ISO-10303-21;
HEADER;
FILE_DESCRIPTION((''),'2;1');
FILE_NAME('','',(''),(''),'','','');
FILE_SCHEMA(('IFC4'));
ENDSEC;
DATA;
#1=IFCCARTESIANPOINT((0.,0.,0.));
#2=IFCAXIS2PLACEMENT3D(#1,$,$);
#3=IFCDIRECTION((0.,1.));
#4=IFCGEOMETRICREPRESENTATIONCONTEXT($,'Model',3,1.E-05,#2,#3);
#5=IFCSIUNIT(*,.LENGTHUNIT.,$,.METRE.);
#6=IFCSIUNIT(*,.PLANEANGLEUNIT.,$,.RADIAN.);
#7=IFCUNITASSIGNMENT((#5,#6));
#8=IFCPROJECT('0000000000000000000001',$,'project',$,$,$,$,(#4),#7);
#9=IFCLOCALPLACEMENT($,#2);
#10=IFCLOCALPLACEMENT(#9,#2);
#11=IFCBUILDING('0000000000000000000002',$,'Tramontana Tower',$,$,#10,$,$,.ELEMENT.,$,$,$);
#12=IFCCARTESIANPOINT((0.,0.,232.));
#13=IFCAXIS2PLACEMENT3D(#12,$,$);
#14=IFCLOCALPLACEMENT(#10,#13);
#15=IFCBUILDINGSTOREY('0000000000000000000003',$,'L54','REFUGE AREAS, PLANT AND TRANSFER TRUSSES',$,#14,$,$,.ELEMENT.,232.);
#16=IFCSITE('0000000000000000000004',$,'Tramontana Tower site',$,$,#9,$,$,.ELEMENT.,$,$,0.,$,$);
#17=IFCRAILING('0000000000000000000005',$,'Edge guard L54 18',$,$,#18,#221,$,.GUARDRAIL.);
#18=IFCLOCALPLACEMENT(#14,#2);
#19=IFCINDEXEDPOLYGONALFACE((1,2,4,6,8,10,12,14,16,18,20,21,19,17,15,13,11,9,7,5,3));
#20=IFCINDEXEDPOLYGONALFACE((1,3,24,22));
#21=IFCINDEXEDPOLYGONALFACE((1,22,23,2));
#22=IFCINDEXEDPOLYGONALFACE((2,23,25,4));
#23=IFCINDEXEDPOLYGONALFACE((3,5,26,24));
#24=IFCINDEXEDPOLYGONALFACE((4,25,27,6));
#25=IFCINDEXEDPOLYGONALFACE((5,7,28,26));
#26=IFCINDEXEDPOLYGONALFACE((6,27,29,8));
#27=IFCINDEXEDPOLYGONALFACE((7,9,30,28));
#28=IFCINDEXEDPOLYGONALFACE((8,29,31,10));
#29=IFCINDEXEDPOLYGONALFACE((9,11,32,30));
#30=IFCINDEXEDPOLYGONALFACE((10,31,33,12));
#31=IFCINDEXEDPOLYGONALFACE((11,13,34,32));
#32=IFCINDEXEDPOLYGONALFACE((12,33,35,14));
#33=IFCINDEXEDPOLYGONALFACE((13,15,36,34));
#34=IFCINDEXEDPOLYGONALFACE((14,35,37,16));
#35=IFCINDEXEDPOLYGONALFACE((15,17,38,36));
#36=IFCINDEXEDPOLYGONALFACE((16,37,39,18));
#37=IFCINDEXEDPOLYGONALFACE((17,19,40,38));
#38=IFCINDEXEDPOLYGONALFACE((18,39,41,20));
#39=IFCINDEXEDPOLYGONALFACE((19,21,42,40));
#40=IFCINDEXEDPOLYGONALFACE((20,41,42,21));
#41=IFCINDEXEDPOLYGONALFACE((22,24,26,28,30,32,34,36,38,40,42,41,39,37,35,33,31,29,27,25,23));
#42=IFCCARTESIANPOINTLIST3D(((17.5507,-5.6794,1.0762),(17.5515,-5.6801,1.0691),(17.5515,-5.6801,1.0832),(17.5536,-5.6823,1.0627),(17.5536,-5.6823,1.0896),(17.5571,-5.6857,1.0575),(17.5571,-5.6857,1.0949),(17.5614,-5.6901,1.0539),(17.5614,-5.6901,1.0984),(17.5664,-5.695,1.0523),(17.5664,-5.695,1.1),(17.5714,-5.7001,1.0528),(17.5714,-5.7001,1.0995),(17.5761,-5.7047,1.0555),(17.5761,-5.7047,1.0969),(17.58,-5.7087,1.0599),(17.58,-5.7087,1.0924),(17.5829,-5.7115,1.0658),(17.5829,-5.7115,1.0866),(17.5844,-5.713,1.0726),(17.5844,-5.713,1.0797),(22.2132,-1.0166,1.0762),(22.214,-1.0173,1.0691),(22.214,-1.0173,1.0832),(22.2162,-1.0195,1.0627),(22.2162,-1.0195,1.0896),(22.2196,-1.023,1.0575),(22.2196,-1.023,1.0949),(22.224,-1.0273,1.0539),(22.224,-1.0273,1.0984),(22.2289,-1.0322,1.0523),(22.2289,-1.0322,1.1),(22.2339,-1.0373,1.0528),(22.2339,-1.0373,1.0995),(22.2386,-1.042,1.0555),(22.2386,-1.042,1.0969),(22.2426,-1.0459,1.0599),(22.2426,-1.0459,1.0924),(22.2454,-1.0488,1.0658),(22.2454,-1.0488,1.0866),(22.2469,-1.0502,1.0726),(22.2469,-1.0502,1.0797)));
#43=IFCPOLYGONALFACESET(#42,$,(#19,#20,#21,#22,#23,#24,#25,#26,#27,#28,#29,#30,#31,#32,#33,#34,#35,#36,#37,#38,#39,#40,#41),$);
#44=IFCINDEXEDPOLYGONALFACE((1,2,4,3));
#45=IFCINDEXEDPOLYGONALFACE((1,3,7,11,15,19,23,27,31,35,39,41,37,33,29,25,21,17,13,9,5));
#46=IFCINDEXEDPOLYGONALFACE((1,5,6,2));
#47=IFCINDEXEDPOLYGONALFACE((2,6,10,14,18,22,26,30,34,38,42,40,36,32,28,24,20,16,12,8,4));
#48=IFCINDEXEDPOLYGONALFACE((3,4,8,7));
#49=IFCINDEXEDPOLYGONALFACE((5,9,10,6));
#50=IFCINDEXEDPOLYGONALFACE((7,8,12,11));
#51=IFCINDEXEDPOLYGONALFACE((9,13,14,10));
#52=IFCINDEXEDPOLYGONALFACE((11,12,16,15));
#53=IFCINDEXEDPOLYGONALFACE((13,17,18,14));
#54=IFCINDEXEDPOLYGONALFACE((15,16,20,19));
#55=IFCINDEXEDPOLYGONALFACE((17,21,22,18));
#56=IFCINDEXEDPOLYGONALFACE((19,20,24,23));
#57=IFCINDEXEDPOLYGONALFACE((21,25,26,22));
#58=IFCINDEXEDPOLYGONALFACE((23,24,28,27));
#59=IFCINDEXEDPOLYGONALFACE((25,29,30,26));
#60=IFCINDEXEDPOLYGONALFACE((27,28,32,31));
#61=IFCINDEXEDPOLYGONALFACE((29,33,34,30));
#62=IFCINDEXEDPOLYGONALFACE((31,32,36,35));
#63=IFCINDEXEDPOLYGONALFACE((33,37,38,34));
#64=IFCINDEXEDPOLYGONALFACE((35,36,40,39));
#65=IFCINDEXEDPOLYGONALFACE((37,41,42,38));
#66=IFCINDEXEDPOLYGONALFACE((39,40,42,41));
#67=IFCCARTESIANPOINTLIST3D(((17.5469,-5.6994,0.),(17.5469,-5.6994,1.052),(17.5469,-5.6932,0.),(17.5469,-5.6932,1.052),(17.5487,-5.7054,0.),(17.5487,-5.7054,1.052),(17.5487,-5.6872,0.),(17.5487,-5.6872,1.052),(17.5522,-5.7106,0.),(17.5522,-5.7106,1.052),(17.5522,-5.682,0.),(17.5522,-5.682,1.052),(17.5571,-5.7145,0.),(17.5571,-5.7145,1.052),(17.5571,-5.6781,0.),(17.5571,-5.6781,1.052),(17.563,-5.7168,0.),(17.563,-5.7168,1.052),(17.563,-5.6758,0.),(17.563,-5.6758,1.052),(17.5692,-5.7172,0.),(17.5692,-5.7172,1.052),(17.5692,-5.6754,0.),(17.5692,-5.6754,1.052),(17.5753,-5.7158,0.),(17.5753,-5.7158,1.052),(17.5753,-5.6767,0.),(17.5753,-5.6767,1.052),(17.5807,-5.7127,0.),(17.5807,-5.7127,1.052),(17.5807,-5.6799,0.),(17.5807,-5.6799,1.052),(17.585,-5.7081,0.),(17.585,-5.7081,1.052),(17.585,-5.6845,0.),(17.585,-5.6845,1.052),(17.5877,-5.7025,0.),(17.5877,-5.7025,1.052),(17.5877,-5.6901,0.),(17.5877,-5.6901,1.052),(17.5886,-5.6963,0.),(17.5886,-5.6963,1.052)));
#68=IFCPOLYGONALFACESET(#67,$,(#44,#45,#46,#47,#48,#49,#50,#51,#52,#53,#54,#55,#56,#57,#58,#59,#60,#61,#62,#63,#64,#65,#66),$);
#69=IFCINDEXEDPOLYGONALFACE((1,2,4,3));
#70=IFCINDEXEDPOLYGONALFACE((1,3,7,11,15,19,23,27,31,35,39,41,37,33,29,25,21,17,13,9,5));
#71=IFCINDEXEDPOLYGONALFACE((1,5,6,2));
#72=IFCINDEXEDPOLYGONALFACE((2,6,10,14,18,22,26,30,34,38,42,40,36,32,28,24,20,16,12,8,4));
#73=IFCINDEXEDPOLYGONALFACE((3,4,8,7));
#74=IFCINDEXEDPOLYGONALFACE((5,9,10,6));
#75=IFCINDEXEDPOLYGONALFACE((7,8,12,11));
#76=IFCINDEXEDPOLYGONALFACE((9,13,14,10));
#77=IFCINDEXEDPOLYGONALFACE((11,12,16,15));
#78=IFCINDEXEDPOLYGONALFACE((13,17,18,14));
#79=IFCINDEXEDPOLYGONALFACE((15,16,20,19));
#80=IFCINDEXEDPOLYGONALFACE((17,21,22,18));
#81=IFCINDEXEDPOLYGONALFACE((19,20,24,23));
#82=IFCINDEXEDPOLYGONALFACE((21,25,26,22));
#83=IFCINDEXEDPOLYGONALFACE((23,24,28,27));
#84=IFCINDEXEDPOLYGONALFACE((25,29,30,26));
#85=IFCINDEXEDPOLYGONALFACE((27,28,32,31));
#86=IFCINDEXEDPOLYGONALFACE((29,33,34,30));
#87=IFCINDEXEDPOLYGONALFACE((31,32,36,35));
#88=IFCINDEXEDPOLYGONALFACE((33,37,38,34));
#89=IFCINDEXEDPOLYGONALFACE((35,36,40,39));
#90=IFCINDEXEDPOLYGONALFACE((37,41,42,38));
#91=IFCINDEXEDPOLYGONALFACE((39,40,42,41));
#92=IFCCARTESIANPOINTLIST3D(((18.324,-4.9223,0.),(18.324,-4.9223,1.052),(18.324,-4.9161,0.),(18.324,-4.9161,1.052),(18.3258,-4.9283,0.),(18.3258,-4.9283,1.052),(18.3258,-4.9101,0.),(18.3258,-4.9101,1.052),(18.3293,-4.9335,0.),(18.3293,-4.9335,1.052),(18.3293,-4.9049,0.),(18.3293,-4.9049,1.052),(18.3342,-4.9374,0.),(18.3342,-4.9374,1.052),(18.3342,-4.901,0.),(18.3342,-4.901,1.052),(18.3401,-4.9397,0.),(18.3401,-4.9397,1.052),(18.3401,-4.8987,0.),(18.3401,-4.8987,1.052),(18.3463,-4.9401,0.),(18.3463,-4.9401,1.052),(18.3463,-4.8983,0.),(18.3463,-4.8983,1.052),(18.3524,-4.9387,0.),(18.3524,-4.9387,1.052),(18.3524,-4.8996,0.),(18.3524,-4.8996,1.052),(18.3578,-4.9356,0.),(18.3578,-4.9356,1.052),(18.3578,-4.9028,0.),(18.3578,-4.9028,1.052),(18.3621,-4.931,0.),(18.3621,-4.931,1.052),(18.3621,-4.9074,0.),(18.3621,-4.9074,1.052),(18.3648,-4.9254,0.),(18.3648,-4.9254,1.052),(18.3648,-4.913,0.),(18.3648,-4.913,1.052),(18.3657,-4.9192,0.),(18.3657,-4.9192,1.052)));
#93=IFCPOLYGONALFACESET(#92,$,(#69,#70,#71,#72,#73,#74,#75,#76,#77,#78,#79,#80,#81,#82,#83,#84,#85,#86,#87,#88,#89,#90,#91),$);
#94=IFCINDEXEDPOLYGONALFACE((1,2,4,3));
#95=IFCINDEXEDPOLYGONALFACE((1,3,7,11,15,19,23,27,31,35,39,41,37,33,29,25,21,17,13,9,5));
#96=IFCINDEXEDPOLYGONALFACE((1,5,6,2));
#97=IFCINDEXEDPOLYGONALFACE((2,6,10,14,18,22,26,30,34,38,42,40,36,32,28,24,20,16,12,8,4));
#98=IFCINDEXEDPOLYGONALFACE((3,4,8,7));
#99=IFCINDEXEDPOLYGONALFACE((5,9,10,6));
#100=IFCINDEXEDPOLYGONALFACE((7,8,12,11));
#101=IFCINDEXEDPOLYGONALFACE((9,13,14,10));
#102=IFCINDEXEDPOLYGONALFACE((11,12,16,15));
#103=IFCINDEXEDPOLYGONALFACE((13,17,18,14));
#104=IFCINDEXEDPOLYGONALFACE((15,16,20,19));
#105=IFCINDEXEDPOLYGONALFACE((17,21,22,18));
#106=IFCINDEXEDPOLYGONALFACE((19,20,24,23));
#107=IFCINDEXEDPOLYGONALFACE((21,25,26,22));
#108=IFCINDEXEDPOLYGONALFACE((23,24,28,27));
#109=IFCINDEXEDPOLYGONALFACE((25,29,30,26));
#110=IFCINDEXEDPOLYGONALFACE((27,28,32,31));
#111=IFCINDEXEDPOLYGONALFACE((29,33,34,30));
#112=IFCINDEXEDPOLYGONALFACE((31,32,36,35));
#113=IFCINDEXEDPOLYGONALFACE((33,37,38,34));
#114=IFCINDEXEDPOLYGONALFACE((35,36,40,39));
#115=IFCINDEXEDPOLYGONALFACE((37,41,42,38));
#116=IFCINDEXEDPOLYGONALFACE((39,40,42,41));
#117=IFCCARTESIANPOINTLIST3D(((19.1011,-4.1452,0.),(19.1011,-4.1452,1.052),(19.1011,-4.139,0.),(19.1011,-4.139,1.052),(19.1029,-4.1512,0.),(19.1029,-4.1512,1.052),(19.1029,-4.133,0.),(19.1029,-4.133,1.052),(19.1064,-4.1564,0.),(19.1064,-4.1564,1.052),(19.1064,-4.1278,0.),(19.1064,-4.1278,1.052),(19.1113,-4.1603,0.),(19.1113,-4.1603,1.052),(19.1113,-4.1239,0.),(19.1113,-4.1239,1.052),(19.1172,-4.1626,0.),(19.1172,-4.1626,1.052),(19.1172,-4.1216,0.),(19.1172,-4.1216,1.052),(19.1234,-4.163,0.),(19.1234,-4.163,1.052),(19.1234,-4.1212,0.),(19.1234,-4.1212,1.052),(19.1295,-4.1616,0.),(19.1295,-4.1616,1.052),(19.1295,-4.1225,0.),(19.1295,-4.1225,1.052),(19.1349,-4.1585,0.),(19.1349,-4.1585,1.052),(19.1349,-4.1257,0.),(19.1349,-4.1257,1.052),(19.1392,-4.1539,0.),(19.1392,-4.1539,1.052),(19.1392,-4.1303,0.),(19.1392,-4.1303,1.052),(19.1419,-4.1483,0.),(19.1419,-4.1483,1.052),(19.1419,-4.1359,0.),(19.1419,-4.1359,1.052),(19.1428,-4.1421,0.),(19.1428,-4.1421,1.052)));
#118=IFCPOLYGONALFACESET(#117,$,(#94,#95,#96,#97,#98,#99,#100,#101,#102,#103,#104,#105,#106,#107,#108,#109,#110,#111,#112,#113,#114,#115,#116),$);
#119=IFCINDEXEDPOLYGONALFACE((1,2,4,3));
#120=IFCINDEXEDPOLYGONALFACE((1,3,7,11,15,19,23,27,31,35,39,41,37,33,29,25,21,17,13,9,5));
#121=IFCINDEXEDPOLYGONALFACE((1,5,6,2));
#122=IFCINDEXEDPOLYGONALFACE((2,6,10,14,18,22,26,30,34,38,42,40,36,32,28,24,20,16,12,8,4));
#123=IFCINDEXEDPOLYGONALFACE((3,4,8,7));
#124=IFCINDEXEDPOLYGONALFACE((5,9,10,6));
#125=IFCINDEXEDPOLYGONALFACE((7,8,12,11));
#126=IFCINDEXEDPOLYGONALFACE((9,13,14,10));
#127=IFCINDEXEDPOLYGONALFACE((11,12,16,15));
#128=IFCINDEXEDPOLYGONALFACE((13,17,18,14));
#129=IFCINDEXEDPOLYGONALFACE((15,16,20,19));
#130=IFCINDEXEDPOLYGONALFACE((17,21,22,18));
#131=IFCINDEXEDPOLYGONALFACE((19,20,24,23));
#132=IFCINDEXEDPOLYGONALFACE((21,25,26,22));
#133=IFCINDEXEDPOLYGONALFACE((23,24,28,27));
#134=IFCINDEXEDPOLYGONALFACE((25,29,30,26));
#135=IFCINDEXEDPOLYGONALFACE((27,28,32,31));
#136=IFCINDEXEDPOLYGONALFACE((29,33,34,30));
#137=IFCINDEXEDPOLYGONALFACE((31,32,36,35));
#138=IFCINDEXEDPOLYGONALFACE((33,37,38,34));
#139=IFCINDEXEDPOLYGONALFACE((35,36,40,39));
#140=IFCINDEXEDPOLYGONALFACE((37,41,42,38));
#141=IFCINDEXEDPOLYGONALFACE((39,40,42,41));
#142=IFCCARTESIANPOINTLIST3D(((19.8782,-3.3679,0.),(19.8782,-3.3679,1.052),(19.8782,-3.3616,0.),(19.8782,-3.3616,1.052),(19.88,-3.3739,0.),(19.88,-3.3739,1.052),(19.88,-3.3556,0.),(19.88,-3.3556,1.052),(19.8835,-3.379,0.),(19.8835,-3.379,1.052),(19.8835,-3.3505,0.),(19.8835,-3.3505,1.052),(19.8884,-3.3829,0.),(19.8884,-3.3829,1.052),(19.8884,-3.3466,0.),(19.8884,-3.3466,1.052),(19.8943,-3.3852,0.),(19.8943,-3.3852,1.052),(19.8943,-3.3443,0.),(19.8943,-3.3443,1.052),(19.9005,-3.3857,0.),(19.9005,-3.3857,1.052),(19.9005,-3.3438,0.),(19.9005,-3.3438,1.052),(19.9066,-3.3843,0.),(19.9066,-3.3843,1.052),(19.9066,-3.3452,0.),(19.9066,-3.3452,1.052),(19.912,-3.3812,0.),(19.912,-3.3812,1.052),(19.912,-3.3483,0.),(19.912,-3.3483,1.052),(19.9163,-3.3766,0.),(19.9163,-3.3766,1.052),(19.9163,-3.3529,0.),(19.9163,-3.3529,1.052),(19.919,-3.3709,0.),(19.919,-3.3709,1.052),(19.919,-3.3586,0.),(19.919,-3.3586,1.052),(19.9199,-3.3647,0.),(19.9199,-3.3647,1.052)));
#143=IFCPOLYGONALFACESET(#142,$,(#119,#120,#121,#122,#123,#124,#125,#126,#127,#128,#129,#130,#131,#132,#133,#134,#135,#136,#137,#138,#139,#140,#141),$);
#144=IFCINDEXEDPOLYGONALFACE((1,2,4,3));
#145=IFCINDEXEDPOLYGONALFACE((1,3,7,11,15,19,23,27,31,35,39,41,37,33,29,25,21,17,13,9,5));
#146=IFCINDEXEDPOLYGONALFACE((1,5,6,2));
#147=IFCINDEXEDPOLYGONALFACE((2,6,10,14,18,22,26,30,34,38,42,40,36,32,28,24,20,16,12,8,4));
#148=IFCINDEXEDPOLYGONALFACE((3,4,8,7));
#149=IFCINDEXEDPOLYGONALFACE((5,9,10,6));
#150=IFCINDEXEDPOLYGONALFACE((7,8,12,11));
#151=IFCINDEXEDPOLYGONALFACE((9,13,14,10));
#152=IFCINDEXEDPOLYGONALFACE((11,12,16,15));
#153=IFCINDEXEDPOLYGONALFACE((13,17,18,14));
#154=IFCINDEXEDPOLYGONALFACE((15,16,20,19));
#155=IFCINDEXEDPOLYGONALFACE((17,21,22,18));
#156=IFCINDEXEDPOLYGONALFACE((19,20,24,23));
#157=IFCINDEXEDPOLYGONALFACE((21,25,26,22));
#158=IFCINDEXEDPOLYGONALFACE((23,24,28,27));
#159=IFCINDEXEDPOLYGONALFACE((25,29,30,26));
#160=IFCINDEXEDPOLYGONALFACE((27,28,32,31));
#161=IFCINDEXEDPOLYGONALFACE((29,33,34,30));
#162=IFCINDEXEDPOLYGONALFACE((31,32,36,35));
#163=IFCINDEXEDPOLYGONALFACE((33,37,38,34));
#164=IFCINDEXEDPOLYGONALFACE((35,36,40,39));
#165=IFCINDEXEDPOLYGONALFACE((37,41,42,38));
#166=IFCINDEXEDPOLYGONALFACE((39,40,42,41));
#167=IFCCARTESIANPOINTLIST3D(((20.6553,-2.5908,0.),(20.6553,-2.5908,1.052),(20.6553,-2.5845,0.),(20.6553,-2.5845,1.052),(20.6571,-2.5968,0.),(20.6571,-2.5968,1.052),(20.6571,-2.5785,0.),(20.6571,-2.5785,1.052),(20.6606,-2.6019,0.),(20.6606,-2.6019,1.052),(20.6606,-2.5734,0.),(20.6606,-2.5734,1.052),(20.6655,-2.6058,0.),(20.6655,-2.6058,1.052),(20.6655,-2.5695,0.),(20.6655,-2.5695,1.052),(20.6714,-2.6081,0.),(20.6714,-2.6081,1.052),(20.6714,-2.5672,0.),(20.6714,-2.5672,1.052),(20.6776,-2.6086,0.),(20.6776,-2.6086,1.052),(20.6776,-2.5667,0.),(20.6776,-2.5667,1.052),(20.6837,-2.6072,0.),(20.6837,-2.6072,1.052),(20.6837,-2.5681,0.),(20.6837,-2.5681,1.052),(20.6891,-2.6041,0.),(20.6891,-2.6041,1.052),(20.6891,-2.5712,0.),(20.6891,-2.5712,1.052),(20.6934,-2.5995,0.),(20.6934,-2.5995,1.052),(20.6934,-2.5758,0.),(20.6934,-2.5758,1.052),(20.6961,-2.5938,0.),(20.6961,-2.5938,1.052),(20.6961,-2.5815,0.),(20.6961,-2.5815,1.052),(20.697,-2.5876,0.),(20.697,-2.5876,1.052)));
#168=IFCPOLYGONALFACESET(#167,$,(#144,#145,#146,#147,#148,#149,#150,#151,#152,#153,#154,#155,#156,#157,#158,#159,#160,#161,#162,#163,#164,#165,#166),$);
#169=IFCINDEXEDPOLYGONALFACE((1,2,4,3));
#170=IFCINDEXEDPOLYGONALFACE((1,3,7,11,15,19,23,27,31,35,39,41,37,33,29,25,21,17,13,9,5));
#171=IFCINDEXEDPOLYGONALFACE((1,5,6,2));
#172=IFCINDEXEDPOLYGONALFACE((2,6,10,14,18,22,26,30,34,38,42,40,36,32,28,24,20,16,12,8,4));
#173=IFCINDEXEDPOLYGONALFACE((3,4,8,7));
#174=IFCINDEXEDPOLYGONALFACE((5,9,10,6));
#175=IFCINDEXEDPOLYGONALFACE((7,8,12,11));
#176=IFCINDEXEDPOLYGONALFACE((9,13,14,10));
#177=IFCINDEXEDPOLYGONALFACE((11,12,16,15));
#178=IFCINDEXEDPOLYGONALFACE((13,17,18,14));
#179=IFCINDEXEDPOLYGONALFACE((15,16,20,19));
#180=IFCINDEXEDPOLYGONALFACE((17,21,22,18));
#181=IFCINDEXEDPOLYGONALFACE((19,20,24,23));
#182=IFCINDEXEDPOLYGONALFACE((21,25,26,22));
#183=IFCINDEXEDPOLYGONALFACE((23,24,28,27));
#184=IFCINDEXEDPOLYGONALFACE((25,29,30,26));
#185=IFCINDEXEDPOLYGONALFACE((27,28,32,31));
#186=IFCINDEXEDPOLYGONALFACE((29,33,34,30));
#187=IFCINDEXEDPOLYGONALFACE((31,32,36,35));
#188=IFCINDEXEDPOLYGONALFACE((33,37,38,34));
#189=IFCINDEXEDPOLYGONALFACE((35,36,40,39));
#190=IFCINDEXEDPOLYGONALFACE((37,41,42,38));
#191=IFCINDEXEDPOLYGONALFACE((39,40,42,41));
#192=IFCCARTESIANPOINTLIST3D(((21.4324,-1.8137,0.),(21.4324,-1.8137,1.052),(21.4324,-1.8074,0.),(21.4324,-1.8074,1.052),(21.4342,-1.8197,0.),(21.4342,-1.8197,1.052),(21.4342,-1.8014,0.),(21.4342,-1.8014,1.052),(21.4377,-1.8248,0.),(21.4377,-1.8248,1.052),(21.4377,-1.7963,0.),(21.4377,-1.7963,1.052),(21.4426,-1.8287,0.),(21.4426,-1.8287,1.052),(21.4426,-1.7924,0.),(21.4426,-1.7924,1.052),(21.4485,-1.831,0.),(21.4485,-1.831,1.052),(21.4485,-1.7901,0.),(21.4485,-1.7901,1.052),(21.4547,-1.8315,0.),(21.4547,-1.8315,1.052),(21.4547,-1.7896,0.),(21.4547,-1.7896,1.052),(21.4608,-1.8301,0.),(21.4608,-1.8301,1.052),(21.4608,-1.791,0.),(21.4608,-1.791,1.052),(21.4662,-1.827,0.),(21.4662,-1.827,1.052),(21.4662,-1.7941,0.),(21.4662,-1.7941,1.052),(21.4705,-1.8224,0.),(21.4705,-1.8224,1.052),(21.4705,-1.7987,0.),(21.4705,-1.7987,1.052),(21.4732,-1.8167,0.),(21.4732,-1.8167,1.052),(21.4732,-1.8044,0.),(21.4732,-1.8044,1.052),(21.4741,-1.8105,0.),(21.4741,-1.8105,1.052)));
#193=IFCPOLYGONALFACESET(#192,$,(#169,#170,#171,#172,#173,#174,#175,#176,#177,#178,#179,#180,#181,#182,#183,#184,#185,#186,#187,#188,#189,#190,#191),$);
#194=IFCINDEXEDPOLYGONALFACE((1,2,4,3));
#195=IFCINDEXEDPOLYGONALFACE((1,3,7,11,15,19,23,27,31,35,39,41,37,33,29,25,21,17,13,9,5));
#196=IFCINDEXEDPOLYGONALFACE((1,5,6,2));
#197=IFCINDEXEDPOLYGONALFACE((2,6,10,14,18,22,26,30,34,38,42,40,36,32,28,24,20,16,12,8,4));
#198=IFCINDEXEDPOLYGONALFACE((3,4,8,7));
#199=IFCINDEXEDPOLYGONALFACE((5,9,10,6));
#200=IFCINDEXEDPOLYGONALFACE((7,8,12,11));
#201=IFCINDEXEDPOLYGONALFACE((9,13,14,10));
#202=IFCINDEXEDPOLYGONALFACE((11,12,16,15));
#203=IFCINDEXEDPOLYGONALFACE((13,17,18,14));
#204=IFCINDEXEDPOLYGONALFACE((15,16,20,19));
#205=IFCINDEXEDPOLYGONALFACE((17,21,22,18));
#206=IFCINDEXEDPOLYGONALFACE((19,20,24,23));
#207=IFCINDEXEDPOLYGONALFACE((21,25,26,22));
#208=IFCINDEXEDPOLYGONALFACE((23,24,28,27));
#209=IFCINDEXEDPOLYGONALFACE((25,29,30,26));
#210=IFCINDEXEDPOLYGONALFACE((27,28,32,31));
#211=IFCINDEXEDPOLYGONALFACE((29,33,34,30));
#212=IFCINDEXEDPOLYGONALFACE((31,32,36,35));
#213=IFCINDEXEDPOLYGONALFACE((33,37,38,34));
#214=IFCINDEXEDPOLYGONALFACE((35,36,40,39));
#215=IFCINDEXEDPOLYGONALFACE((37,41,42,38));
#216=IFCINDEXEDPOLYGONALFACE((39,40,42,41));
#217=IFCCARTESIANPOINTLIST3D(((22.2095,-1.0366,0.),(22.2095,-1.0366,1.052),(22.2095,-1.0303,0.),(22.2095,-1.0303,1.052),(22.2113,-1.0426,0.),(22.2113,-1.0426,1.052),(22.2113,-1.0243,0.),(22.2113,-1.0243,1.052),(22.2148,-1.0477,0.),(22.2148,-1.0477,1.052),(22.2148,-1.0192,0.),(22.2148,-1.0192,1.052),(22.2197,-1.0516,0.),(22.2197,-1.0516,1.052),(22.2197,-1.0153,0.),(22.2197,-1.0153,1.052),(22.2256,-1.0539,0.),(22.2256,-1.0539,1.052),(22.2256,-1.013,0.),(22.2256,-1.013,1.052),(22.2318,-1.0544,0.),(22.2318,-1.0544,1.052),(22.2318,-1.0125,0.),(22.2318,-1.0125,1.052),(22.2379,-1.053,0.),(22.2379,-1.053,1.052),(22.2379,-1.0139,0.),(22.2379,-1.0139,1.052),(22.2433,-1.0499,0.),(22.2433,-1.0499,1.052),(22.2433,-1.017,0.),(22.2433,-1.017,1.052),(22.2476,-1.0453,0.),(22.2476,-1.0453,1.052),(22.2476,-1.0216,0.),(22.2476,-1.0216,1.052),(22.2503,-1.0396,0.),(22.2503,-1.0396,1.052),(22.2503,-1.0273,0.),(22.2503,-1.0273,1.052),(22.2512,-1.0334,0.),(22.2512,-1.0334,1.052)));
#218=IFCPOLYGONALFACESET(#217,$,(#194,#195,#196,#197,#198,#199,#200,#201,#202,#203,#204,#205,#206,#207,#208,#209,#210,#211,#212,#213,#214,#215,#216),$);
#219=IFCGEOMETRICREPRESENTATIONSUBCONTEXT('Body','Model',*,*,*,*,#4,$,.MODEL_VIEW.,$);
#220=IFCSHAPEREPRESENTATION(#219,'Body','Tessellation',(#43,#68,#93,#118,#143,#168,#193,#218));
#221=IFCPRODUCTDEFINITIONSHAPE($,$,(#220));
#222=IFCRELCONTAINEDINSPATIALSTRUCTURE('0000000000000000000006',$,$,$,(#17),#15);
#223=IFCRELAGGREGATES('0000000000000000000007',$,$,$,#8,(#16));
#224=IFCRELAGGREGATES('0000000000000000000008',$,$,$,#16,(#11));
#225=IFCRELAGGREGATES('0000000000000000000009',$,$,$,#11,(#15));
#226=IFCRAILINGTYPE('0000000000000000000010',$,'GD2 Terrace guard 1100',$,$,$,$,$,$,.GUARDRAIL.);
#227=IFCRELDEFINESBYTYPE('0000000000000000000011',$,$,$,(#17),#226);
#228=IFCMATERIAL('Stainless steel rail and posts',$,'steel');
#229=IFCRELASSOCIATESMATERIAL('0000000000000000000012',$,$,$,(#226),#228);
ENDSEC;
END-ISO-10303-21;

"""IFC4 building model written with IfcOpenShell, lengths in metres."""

from ifc_helpers import new_model, si_unit, direction, frame, origin, origin_2d, place, context, subcontext, project, spatial, circle, extrude, material, type_object, element, save


model = new_model("IFC4")

# Units and contexts
model_context = context("Model", 3, precision=1e-05, world=origin(), true_north=direction((0.0, 1.0)))
body_context = subcontext(model_context, "Body", "Model", "MODEL_VIEW")
ifc_project = project(units=[si_unit("LENGTHUNIT", "METRE"), si_unit("PLANEANGLEUNIT", "RADIAN")], contexts=[model_context])

# Site, building, storey
site_placement = place(None, origin())
site = spatial("IfcSite", under=ifc_project, at=site_placement, Name="Tramontana Tower site", CompositionType="ELEMENT", RefElevation=0.0)
building_placement = place(site_placement, origin())
building = spatial("IfcBuilding", under=site, at=building_placement, Name="Tramontana Tower", CompositionType="ELEMENT")
storey_placement = place(building_placement, frame((0.0, 0.0, 232.0)))
storey = spatial("IfcBuildingStorey", under=building, at=storey_placement, Name="L54", Description="REFUGE AREAS, PLANT AND TRANSFER TRUSSES", CompositionType="ELEMENT", Elevation=232.0)

# Railing
ifc_material_1 = material(Name="Stainless steel rail and posts", Category="steel")
railing_type_1 = type_object("IfcRailingType", Name="GD2 Terrace guard 1100", PredefinedType="GUARDRAIL", material=ifc_material_1)
railing_1_placement = place(storey_placement, frame((17.5676, -5.6963, 0.0)))
element("IfcRailing", 1, at=railing_1_placement, inside=storey, type_object=railing_type_1, Name="Edge guard L54 18", PredefinedType="GUARDRAIL", context=body_context, shape_type="SweptSolid", body=[
    extrude(circle(Radius=0.0239, at=origin_2d()), frame((0.0, 0.0, 1.0762), z_axis=(0.707088, 0.707125, 0.0), x_axis=(-0.707125, 0.707088, 0.0)), (0.0, 0.0, 1.0), 6.594),
    extrude(circle(Radius=0.021, at=origin_2d()), origin(), (0.0, 0.0, 1.0), 1.052),
    extrude(circle(Radius=0.021, at=origin_2d()), frame((0.7771, 0.7771, 0.0)), (0.0, 0.0, 1.0), 1.052),
    extrude(circle(Radius=0.021, at=origin_2d()), frame((1.5542, 1.5542, 0.0)), (0.0, 0.0, 1.0), 1.052),
    extrude(circle(Radius=0.021, at=origin_2d()), frame((2.3313, 2.3315, 0.0)), (0.0, 0.0, 1.0), 1.052),
    extrude(circle(Radius=0.021, at=origin_2d()), frame((3.1084, 3.1086, 0.0)), (0.0, 0.0, 1.0), 1.052),
    extrude(circle(Radius=0.021, at=origin_2d()), frame((3.8855, 3.8857, 0.0)), (0.0, 0.0, 1.0), 1.052),
    extrude(circle(Radius=0.021, at=origin_2d()), frame((4.6626, 4.6628, 0.0)), (0.0, 0.0, 1.0), 1.052),
])

save(model, "model.ifc")
